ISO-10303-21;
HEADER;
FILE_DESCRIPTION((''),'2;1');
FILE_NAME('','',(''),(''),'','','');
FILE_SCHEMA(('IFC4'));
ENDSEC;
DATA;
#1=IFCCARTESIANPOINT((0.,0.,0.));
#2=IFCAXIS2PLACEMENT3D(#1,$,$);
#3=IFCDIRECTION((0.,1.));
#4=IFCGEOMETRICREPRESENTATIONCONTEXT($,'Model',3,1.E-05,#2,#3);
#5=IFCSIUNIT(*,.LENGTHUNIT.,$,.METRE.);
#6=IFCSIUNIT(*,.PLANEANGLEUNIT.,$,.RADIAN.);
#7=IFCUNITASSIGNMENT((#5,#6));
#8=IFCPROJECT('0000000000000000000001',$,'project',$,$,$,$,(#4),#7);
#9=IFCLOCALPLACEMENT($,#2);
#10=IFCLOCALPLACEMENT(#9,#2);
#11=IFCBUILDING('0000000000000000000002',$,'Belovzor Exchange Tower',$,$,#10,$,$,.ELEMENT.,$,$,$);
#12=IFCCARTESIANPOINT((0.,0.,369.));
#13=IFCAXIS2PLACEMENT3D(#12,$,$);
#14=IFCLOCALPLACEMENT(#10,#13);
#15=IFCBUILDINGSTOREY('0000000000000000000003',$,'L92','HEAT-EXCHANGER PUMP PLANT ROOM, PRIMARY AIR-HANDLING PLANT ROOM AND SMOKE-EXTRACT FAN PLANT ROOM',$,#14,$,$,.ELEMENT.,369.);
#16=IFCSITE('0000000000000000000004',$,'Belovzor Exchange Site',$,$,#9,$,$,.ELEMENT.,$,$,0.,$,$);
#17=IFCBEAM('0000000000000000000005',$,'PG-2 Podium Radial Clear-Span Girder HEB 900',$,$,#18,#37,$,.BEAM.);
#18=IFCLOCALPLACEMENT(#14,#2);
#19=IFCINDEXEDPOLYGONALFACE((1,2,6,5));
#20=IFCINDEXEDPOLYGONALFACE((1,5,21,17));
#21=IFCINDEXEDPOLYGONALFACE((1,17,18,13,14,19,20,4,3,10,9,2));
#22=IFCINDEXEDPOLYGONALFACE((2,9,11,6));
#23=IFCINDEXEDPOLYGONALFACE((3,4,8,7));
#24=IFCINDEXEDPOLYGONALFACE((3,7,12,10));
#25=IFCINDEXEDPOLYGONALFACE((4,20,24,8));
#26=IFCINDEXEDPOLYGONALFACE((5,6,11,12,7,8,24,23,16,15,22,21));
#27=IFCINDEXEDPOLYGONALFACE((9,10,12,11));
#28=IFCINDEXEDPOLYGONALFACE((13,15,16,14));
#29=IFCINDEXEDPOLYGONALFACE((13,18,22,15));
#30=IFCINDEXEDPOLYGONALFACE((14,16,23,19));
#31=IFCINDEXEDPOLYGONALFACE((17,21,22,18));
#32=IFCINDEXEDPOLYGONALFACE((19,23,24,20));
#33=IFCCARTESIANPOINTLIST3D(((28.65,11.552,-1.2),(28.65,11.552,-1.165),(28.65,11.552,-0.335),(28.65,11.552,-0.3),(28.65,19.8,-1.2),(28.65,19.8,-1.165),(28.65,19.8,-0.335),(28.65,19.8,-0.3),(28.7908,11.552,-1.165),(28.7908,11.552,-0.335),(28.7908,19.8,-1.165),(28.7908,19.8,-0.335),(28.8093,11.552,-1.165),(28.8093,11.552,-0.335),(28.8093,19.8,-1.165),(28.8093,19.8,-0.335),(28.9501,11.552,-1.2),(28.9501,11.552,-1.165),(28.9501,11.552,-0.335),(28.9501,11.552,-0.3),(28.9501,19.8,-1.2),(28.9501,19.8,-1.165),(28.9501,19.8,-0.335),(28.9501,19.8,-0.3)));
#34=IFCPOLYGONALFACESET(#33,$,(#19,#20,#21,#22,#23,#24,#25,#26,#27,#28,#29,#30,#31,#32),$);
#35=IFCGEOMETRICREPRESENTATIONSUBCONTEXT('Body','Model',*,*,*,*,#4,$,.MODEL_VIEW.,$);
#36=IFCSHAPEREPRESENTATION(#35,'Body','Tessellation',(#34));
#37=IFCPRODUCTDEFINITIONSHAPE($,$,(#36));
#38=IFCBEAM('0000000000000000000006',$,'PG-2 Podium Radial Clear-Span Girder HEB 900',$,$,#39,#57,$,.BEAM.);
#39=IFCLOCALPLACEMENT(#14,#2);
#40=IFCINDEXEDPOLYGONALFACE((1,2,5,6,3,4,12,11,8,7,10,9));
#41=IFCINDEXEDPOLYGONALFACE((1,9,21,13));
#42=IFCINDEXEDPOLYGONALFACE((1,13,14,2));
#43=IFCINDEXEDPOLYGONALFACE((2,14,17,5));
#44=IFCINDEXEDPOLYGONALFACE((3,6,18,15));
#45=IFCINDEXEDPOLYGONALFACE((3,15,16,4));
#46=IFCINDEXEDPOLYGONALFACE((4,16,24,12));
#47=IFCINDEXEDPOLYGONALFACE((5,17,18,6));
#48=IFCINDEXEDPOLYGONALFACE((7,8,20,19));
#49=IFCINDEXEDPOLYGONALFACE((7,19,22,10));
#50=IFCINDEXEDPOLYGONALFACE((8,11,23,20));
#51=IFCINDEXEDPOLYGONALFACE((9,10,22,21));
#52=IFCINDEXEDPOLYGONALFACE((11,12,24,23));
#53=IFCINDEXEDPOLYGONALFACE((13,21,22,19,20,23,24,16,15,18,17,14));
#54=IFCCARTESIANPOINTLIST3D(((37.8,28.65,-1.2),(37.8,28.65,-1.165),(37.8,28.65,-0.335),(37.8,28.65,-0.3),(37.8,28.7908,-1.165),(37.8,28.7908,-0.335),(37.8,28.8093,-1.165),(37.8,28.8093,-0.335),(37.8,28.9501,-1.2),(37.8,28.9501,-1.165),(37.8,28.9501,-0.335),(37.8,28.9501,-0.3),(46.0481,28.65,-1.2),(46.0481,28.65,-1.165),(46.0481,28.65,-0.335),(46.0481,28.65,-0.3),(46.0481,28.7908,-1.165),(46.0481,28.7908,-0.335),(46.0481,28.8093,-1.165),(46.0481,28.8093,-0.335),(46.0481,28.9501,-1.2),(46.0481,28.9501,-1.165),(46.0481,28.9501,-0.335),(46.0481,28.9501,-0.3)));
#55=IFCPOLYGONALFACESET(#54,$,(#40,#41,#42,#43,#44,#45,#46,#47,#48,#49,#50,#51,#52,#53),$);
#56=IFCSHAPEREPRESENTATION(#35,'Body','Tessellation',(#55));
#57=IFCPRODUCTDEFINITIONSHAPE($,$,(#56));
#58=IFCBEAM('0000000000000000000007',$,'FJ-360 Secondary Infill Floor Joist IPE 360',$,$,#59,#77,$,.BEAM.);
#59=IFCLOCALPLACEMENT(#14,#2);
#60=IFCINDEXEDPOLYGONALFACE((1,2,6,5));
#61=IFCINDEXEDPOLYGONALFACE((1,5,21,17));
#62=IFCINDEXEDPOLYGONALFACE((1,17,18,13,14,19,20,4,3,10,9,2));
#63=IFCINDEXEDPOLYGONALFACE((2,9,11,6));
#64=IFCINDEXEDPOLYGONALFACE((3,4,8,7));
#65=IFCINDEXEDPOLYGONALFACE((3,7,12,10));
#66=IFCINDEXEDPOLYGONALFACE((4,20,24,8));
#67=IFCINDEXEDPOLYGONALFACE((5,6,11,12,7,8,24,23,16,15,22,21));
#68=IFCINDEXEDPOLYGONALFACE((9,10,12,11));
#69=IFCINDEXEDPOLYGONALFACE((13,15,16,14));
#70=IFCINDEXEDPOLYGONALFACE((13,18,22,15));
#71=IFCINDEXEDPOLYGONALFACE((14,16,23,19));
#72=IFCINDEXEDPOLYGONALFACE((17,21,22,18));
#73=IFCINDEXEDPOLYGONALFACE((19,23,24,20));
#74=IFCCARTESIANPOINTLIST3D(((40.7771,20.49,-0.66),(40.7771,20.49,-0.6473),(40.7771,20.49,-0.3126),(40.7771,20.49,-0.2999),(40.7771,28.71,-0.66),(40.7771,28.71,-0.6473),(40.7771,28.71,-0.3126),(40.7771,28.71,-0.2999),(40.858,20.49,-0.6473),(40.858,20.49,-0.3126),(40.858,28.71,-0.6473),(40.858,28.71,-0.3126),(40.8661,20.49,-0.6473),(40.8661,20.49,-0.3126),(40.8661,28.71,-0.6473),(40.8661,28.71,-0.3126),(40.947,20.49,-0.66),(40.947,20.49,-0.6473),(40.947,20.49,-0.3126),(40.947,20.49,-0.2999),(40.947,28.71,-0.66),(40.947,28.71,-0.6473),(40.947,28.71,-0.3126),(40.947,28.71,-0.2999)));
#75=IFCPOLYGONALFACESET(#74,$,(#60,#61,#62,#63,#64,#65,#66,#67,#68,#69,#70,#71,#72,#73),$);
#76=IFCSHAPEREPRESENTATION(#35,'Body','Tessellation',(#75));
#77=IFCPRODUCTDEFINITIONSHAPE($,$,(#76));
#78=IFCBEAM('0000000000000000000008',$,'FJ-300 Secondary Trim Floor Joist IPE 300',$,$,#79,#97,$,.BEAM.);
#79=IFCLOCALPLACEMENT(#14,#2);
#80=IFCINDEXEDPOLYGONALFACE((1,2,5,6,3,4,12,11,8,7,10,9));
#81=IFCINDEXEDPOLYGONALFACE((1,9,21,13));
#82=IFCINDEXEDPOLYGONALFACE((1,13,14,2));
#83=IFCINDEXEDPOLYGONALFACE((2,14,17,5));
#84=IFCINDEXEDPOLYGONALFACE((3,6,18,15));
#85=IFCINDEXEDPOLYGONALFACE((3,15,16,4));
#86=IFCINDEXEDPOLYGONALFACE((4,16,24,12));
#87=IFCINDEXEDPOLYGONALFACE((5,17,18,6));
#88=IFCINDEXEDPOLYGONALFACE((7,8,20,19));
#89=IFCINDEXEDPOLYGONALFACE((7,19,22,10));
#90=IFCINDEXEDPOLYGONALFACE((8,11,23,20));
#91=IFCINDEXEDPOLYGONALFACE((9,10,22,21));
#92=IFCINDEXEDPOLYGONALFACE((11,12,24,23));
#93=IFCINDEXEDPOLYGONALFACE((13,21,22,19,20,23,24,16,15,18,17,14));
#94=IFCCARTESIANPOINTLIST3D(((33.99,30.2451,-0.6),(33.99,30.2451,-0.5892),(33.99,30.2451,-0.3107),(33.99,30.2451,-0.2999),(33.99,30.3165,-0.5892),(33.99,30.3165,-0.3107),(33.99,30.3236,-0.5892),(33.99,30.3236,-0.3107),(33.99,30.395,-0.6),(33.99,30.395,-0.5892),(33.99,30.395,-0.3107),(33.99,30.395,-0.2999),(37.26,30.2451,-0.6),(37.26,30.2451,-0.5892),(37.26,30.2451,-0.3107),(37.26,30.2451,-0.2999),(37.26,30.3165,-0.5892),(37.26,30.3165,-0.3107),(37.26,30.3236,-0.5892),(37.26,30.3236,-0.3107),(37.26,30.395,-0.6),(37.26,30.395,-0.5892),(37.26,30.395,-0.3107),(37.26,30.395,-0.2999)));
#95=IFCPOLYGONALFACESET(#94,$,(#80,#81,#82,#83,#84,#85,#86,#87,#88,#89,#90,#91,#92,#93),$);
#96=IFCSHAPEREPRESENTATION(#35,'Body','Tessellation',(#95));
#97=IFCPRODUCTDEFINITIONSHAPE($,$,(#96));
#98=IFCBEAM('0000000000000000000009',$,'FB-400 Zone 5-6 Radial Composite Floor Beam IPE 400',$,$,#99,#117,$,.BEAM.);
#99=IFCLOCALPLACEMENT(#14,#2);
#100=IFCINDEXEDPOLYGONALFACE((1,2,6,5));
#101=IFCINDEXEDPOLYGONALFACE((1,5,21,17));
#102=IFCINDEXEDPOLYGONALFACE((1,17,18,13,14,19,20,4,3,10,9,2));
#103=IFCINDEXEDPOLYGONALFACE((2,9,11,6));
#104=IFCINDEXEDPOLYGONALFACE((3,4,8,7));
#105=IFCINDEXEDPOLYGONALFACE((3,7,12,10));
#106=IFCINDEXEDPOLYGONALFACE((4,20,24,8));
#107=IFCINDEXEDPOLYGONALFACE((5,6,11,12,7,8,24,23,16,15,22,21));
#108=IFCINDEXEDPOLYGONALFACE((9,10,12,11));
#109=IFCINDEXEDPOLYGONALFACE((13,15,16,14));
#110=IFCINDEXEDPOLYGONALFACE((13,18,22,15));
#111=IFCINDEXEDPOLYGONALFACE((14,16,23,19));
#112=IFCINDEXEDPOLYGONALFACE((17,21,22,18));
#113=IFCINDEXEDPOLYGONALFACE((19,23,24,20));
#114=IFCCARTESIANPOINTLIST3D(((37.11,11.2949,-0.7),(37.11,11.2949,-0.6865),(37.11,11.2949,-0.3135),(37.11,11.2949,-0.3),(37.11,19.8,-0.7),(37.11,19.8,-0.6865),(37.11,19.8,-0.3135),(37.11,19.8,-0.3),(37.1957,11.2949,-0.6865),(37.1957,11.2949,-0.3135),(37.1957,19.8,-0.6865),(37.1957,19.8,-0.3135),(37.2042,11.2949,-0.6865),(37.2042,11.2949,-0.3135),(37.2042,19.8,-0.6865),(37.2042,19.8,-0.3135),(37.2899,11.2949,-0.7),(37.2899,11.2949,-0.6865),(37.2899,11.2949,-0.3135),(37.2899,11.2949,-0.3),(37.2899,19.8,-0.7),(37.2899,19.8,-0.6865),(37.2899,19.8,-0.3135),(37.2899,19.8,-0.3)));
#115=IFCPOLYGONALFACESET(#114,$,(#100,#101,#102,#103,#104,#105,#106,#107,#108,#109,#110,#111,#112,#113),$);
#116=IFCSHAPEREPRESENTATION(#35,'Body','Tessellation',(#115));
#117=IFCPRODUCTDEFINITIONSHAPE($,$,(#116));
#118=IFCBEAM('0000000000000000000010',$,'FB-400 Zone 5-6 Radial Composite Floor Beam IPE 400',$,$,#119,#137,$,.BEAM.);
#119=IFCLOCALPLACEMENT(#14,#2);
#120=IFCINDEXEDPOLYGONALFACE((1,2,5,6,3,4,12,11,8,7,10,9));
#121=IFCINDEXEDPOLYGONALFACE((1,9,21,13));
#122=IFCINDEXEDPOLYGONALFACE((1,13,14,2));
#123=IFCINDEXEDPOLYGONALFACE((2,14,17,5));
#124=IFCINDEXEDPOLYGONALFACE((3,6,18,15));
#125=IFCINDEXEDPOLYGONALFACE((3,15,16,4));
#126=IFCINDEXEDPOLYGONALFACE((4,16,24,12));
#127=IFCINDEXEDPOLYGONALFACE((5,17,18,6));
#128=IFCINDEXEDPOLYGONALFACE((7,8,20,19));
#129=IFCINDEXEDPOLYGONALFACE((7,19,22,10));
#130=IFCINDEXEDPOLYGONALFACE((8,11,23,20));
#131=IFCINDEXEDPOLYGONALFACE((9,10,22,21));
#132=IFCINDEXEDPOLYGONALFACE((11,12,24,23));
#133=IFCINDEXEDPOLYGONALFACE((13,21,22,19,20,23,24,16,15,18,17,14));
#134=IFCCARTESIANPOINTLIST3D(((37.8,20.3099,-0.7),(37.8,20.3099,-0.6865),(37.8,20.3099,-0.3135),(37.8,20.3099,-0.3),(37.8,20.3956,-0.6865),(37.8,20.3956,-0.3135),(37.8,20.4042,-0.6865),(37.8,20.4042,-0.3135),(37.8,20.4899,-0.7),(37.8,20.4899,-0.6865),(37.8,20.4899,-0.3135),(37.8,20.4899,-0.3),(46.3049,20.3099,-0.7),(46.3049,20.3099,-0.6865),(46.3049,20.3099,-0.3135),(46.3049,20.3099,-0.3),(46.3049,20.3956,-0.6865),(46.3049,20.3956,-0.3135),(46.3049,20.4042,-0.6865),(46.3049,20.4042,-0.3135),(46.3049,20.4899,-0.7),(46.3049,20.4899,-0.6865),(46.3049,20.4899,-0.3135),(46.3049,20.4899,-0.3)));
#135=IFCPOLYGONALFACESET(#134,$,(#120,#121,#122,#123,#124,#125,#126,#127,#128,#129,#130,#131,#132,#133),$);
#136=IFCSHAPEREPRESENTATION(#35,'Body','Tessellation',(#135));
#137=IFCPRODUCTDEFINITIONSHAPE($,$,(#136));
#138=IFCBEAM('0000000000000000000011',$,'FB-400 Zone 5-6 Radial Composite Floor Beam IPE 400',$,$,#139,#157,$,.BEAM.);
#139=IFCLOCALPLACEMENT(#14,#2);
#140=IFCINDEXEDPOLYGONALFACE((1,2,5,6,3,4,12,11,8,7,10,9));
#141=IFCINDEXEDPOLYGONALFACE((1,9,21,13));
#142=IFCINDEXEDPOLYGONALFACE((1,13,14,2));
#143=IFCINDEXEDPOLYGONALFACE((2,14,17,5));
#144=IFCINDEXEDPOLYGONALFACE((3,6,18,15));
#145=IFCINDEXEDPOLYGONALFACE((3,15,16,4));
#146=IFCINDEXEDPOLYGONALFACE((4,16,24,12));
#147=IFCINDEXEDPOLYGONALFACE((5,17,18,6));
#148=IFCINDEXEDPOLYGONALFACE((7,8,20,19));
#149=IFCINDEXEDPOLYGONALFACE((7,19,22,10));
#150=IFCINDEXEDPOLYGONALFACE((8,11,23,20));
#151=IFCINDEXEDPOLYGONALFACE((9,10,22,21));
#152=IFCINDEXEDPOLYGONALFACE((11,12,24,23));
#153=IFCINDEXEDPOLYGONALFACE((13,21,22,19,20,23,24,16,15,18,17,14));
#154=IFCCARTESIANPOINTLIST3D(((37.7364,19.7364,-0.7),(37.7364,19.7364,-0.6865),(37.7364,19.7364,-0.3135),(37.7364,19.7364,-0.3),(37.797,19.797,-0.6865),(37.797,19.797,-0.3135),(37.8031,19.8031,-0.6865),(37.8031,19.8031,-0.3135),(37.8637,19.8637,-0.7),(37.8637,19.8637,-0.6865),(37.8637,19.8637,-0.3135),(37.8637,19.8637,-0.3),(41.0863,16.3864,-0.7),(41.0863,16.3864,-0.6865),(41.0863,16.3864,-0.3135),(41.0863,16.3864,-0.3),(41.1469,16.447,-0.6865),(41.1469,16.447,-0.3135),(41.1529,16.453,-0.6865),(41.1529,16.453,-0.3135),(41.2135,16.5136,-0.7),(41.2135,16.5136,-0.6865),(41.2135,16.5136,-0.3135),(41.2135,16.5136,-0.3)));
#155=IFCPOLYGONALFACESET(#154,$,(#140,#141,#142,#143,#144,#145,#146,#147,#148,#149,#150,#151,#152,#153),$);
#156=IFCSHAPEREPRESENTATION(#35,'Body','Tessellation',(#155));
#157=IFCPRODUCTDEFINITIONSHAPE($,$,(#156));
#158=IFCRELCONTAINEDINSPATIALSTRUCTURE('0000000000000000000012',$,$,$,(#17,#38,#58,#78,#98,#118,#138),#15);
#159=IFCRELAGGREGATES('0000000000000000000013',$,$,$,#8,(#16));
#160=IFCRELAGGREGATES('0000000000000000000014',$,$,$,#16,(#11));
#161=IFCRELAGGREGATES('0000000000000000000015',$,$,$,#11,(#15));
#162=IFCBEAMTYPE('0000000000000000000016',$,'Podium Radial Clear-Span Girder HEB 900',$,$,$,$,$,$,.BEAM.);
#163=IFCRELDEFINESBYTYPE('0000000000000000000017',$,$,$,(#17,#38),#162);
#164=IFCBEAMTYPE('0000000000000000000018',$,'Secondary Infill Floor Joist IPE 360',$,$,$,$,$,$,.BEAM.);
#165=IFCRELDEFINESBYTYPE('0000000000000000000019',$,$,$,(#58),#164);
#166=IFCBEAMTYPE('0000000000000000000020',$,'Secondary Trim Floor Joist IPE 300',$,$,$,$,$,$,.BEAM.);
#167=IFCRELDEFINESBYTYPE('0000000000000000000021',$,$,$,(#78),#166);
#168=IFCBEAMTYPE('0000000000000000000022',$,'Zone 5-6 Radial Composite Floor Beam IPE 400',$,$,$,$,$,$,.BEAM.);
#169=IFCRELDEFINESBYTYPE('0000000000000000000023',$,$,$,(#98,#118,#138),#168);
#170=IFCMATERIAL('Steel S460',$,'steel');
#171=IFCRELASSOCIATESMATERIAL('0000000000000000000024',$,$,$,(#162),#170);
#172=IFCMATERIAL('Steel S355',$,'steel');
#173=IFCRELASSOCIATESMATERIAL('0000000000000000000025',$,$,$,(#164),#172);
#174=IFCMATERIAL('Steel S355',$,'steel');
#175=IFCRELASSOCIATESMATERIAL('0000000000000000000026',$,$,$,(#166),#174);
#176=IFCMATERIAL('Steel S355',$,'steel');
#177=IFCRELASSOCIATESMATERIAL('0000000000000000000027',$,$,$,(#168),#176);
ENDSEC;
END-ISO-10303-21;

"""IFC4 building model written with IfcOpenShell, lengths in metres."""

from ifc_helpers import new_model, si_unit, direction, frame, origin, origin_2d, place, context, subcontext, project, spatial, i_section, extrude, material, material_profile, profile_set, type_object, element, save


model = new_model("IFC4")

# Units and contexts
model_context = context("Model", 3, precision=1e-05, world=origin(), true_north=direction((0.0, 1.0)))
body_context = subcontext(model_context, "Body", "Model", "MODEL_VIEW")
ifc_project = project(units=[si_unit("LENGTHUNIT", "METRE"), si_unit("PLANEANGLEUNIT", "RADIAN")], contexts=[model_context])

# Site, building, storey
site_placement = place(None, origin())
site = spatial("IfcSite", under=ifc_project, at=site_placement, Name="Belovzor Exchange Site", CompositionType="ELEMENT", RefElevation=0.0)
building_placement = place(site_placement, origin())
building = spatial("IfcBuilding", under=site, at=building_placement, Name="Belovzor Exchange Tower", CompositionType="ELEMENT")
storey_placement = place(building_placement, frame((0.0, 0.0, 369.0)))
storey = spatial("IfcBuildingStorey", under=building, at=storey_placement, Name="L92", Description="HEAT-EXCHANGER PUMP PLANT ROOM, PRIMARY AIR-HANDLING PLANT ROOM AND SMOKE-EXTRACT FAN PLANT ROOM", CompositionType="ELEMENT", Elevation=369.0)

# Beams
ifc_material_1 = material(Name="Steel S460", Category="steel")
ifc_material_profile_1 = material_profile(ifc_material_1, i_section(OverallWidth=0.3, OverallDepth=0.8999, WebThickness=0.0186, FlangeThickness=0.0349, at=origin_2d()))
ifc_profile_set_1 = profile_set([ifc_material_profile_1], Name="Steel S460")
beam_type_1 = type_object("IfcBeamType", Name="Podium Radial Clear-Span Girder HEB 900", PredefinedType="BEAM", material=ifc_profile_set_1)
for number, where, z_axis, x_axis, name in (
    (1, (28.8, 19.8, -0.75), (0.0, -1.0, 0.0), (1.0, 0.0, 0.0), "PG-2 Podium Radial Clear-Span Girder HEB 900"),
    (2, (37.8, 28.8, -0.75), (1.0, 0.0, 0.0), (0.0, 1.0, 0.0), "PG-2 Podium Radial Clear-Span Girder HEB 900"),
):
    element("IfcBeam", number, at=place(storey_placement, frame(where, z_axis=z_axis, x_axis=x_axis)), inside=storey, type_object=beam_type_1, Name=name, PredefinedType="BEAM", context=body_context, shape_type="SweptSolid", body=[
        extrude(i_section(OverallWidth=0.3, OverallDepth=0.8999, WebThickness=0.0186, FlangeThickness=0.0349, at=origin_2d()), origin(), (0.0, 0.0, 1.0), 8.248),
    ])
ifc_material_2 = material(Name="Steel S355", Category="steel")
ifc_material_profile_2 = material_profile(ifc_material_2, i_section(OverallWidth=0.1699, OverallDepth=0.3601, WebThickness=0.0081, FlangeThickness=0.0127, at=origin_2d()))
ifc_profile_set_2 = profile_set([ifc_material_profile_2], Name="Steel S355")
beam_type_2 = type_object("IfcBeamType", Name="Secondary Infill Floor Joist IPE 360", PredefinedType="BEAM", material=ifc_profile_set_2)
beam_1_placement = place(storey_placement, frame((40.8621, 20.49, -0.48), z_axis=(0.0, 1.0, 0.0), x_axis=(-1.0, 0.0, 0.0)))
element("IfcBeam", 3, at=beam_1_placement, inside=storey, type_object=beam_type_2, Name="FJ-360 Secondary Infill Floor Joist IPE 360", PredefinedType="BEAM", context=body_context, shape_type="SweptSolid", body=[
    extrude(i_section(OverallWidth=0.1699, OverallDepth=0.3601, WebThickness=0.0081, FlangeThickness=0.0127, at=origin_2d()), origin(), (0.0, 0.0, 1.0), 8.22),
])
ifc_material_3 = material(Name="Steel S355", Category="steel")
ifc_material_profile_3 = material_profile(ifc_material_3, i_section(OverallWidth=0.1499, OverallDepth=0.3, WebThickness=0.0071, FlangeThickness=0.0107, at=origin_2d()))
ifc_profile_set_3 = profile_set([ifc_material_profile_3], Name="Steel S355")
beam_type_3 = type_object("IfcBeamType", Name="Secondary Trim Floor Joist IPE 300", PredefinedType="BEAM", material=ifc_profile_set_3)
beam_2_placement = place(storey_placement, frame((37.26, 30.3201, -0.45), z_axis=(-1.0, 0.0, 0.0), x_axis=(0.0, -1.0, 0.0)))
element("IfcBeam", 4, at=beam_2_placement, inside=storey, type_object=beam_type_3, Name="FJ-300 Secondary Trim Floor Joist IPE 300", PredefinedType="BEAM", context=body_context, shape_type="SweptSolid", body=[
    extrude(i_section(OverallWidth=0.1499, OverallDepth=0.3, WebThickness=0.0071, FlangeThickness=0.0107, at=origin_2d()), origin(), (0.0, 0.0, 1.0), 3.27),
])
ifc_material_4 = material(Name="Steel S355", Category="steel")
ifc_material_profile_4 = material_profile(ifc_material_4, i_section(OverallWidth=0.1799, OverallDepth=0.3999, WebThickness=0.0085, FlangeThickness=0.0134, at=origin_2d()))
ifc_profile_set_4 = profile_set([ifc_material_profile_4], Name="Steel S355")
beam_type_4 = type_object("IfcBeamType", Name="Zone 5-6 Radial Composite Floor Beam IPE 400", PredefinedType="BEAM", material=ifc_profile_set_4)
beam_3_placement = place(storey_placement, frame((37.2, 19.8, -0.5), z_axis=(0.0, -1.0, 0.0), x_axis=(1.0, 0.0, 0.0)))
element("IfcBeam", 5, at=beam_3_placement, inside=storey, type_object=beam_type_4, Name="FB-400 Zone 5-6 Radial Composite Floor Beam IPE 400", PredefinedType="BEAM", context=body_context, shape_type="SweptSolid", body=[
    extrude(i_section(OverallWidth=0.1799, OverallDepth=0.3999, WebThickness=0.0085, FlangeThickness=0.0134, at=origin_2d()), origin(), (0.0, 0.0, 1.0), 8.5051),
])
beam_4_placement = place(storey_placement, frame((37.8, 20.3999, -0.5), z_axis=(1.0, 0.0, 0.0), x_axis=(0.0, 1.0, 0.0)))
element("IfcBeam", 6, at=beam_4_placement, inside=storey, type_object=beam_type_4, Name="FB-400 Zone 5-6 Radial Composite Floor Beam IPE 400", PredefinedType="BEAM", context=body_context, shape_type="SweptSolid", body=[
    extrude(i_section(OverallWidth=0.1799, OverallDepth=0.3999, WebThickness=0.0085, FlangeThickness=0.0134, at=origin_2d()), origin(), (0.0, 0.0, 1.0), 8.5049),
])
beam_5_placement = place(storey_placement, frame((37.8, 19.8, -0.5), z_axis=(0.707081, -0.707133, 0.0), x_axis=(0.707133, 0.707081, 0.0)))
element("IfcBeam", 7, at=beam_5_placement, inside=storey, type_object=beam_type_4, Name="FB-400 Zone 5-6 Radial Composite Floor Beam IPE 400", PredefinedType="BEAM", context=body_context, shape_type="SweptSolid", body=[
    extrude(i_section(OverallWidth=0.1799, OverallDepth=0.3999, WebThickness=0.0085, FlangeThickness=0.0134, at=origin_2d()), origin(), (0.0, 0.0, 1.0), 4.7375),
])

save(model, "model.ifc")
